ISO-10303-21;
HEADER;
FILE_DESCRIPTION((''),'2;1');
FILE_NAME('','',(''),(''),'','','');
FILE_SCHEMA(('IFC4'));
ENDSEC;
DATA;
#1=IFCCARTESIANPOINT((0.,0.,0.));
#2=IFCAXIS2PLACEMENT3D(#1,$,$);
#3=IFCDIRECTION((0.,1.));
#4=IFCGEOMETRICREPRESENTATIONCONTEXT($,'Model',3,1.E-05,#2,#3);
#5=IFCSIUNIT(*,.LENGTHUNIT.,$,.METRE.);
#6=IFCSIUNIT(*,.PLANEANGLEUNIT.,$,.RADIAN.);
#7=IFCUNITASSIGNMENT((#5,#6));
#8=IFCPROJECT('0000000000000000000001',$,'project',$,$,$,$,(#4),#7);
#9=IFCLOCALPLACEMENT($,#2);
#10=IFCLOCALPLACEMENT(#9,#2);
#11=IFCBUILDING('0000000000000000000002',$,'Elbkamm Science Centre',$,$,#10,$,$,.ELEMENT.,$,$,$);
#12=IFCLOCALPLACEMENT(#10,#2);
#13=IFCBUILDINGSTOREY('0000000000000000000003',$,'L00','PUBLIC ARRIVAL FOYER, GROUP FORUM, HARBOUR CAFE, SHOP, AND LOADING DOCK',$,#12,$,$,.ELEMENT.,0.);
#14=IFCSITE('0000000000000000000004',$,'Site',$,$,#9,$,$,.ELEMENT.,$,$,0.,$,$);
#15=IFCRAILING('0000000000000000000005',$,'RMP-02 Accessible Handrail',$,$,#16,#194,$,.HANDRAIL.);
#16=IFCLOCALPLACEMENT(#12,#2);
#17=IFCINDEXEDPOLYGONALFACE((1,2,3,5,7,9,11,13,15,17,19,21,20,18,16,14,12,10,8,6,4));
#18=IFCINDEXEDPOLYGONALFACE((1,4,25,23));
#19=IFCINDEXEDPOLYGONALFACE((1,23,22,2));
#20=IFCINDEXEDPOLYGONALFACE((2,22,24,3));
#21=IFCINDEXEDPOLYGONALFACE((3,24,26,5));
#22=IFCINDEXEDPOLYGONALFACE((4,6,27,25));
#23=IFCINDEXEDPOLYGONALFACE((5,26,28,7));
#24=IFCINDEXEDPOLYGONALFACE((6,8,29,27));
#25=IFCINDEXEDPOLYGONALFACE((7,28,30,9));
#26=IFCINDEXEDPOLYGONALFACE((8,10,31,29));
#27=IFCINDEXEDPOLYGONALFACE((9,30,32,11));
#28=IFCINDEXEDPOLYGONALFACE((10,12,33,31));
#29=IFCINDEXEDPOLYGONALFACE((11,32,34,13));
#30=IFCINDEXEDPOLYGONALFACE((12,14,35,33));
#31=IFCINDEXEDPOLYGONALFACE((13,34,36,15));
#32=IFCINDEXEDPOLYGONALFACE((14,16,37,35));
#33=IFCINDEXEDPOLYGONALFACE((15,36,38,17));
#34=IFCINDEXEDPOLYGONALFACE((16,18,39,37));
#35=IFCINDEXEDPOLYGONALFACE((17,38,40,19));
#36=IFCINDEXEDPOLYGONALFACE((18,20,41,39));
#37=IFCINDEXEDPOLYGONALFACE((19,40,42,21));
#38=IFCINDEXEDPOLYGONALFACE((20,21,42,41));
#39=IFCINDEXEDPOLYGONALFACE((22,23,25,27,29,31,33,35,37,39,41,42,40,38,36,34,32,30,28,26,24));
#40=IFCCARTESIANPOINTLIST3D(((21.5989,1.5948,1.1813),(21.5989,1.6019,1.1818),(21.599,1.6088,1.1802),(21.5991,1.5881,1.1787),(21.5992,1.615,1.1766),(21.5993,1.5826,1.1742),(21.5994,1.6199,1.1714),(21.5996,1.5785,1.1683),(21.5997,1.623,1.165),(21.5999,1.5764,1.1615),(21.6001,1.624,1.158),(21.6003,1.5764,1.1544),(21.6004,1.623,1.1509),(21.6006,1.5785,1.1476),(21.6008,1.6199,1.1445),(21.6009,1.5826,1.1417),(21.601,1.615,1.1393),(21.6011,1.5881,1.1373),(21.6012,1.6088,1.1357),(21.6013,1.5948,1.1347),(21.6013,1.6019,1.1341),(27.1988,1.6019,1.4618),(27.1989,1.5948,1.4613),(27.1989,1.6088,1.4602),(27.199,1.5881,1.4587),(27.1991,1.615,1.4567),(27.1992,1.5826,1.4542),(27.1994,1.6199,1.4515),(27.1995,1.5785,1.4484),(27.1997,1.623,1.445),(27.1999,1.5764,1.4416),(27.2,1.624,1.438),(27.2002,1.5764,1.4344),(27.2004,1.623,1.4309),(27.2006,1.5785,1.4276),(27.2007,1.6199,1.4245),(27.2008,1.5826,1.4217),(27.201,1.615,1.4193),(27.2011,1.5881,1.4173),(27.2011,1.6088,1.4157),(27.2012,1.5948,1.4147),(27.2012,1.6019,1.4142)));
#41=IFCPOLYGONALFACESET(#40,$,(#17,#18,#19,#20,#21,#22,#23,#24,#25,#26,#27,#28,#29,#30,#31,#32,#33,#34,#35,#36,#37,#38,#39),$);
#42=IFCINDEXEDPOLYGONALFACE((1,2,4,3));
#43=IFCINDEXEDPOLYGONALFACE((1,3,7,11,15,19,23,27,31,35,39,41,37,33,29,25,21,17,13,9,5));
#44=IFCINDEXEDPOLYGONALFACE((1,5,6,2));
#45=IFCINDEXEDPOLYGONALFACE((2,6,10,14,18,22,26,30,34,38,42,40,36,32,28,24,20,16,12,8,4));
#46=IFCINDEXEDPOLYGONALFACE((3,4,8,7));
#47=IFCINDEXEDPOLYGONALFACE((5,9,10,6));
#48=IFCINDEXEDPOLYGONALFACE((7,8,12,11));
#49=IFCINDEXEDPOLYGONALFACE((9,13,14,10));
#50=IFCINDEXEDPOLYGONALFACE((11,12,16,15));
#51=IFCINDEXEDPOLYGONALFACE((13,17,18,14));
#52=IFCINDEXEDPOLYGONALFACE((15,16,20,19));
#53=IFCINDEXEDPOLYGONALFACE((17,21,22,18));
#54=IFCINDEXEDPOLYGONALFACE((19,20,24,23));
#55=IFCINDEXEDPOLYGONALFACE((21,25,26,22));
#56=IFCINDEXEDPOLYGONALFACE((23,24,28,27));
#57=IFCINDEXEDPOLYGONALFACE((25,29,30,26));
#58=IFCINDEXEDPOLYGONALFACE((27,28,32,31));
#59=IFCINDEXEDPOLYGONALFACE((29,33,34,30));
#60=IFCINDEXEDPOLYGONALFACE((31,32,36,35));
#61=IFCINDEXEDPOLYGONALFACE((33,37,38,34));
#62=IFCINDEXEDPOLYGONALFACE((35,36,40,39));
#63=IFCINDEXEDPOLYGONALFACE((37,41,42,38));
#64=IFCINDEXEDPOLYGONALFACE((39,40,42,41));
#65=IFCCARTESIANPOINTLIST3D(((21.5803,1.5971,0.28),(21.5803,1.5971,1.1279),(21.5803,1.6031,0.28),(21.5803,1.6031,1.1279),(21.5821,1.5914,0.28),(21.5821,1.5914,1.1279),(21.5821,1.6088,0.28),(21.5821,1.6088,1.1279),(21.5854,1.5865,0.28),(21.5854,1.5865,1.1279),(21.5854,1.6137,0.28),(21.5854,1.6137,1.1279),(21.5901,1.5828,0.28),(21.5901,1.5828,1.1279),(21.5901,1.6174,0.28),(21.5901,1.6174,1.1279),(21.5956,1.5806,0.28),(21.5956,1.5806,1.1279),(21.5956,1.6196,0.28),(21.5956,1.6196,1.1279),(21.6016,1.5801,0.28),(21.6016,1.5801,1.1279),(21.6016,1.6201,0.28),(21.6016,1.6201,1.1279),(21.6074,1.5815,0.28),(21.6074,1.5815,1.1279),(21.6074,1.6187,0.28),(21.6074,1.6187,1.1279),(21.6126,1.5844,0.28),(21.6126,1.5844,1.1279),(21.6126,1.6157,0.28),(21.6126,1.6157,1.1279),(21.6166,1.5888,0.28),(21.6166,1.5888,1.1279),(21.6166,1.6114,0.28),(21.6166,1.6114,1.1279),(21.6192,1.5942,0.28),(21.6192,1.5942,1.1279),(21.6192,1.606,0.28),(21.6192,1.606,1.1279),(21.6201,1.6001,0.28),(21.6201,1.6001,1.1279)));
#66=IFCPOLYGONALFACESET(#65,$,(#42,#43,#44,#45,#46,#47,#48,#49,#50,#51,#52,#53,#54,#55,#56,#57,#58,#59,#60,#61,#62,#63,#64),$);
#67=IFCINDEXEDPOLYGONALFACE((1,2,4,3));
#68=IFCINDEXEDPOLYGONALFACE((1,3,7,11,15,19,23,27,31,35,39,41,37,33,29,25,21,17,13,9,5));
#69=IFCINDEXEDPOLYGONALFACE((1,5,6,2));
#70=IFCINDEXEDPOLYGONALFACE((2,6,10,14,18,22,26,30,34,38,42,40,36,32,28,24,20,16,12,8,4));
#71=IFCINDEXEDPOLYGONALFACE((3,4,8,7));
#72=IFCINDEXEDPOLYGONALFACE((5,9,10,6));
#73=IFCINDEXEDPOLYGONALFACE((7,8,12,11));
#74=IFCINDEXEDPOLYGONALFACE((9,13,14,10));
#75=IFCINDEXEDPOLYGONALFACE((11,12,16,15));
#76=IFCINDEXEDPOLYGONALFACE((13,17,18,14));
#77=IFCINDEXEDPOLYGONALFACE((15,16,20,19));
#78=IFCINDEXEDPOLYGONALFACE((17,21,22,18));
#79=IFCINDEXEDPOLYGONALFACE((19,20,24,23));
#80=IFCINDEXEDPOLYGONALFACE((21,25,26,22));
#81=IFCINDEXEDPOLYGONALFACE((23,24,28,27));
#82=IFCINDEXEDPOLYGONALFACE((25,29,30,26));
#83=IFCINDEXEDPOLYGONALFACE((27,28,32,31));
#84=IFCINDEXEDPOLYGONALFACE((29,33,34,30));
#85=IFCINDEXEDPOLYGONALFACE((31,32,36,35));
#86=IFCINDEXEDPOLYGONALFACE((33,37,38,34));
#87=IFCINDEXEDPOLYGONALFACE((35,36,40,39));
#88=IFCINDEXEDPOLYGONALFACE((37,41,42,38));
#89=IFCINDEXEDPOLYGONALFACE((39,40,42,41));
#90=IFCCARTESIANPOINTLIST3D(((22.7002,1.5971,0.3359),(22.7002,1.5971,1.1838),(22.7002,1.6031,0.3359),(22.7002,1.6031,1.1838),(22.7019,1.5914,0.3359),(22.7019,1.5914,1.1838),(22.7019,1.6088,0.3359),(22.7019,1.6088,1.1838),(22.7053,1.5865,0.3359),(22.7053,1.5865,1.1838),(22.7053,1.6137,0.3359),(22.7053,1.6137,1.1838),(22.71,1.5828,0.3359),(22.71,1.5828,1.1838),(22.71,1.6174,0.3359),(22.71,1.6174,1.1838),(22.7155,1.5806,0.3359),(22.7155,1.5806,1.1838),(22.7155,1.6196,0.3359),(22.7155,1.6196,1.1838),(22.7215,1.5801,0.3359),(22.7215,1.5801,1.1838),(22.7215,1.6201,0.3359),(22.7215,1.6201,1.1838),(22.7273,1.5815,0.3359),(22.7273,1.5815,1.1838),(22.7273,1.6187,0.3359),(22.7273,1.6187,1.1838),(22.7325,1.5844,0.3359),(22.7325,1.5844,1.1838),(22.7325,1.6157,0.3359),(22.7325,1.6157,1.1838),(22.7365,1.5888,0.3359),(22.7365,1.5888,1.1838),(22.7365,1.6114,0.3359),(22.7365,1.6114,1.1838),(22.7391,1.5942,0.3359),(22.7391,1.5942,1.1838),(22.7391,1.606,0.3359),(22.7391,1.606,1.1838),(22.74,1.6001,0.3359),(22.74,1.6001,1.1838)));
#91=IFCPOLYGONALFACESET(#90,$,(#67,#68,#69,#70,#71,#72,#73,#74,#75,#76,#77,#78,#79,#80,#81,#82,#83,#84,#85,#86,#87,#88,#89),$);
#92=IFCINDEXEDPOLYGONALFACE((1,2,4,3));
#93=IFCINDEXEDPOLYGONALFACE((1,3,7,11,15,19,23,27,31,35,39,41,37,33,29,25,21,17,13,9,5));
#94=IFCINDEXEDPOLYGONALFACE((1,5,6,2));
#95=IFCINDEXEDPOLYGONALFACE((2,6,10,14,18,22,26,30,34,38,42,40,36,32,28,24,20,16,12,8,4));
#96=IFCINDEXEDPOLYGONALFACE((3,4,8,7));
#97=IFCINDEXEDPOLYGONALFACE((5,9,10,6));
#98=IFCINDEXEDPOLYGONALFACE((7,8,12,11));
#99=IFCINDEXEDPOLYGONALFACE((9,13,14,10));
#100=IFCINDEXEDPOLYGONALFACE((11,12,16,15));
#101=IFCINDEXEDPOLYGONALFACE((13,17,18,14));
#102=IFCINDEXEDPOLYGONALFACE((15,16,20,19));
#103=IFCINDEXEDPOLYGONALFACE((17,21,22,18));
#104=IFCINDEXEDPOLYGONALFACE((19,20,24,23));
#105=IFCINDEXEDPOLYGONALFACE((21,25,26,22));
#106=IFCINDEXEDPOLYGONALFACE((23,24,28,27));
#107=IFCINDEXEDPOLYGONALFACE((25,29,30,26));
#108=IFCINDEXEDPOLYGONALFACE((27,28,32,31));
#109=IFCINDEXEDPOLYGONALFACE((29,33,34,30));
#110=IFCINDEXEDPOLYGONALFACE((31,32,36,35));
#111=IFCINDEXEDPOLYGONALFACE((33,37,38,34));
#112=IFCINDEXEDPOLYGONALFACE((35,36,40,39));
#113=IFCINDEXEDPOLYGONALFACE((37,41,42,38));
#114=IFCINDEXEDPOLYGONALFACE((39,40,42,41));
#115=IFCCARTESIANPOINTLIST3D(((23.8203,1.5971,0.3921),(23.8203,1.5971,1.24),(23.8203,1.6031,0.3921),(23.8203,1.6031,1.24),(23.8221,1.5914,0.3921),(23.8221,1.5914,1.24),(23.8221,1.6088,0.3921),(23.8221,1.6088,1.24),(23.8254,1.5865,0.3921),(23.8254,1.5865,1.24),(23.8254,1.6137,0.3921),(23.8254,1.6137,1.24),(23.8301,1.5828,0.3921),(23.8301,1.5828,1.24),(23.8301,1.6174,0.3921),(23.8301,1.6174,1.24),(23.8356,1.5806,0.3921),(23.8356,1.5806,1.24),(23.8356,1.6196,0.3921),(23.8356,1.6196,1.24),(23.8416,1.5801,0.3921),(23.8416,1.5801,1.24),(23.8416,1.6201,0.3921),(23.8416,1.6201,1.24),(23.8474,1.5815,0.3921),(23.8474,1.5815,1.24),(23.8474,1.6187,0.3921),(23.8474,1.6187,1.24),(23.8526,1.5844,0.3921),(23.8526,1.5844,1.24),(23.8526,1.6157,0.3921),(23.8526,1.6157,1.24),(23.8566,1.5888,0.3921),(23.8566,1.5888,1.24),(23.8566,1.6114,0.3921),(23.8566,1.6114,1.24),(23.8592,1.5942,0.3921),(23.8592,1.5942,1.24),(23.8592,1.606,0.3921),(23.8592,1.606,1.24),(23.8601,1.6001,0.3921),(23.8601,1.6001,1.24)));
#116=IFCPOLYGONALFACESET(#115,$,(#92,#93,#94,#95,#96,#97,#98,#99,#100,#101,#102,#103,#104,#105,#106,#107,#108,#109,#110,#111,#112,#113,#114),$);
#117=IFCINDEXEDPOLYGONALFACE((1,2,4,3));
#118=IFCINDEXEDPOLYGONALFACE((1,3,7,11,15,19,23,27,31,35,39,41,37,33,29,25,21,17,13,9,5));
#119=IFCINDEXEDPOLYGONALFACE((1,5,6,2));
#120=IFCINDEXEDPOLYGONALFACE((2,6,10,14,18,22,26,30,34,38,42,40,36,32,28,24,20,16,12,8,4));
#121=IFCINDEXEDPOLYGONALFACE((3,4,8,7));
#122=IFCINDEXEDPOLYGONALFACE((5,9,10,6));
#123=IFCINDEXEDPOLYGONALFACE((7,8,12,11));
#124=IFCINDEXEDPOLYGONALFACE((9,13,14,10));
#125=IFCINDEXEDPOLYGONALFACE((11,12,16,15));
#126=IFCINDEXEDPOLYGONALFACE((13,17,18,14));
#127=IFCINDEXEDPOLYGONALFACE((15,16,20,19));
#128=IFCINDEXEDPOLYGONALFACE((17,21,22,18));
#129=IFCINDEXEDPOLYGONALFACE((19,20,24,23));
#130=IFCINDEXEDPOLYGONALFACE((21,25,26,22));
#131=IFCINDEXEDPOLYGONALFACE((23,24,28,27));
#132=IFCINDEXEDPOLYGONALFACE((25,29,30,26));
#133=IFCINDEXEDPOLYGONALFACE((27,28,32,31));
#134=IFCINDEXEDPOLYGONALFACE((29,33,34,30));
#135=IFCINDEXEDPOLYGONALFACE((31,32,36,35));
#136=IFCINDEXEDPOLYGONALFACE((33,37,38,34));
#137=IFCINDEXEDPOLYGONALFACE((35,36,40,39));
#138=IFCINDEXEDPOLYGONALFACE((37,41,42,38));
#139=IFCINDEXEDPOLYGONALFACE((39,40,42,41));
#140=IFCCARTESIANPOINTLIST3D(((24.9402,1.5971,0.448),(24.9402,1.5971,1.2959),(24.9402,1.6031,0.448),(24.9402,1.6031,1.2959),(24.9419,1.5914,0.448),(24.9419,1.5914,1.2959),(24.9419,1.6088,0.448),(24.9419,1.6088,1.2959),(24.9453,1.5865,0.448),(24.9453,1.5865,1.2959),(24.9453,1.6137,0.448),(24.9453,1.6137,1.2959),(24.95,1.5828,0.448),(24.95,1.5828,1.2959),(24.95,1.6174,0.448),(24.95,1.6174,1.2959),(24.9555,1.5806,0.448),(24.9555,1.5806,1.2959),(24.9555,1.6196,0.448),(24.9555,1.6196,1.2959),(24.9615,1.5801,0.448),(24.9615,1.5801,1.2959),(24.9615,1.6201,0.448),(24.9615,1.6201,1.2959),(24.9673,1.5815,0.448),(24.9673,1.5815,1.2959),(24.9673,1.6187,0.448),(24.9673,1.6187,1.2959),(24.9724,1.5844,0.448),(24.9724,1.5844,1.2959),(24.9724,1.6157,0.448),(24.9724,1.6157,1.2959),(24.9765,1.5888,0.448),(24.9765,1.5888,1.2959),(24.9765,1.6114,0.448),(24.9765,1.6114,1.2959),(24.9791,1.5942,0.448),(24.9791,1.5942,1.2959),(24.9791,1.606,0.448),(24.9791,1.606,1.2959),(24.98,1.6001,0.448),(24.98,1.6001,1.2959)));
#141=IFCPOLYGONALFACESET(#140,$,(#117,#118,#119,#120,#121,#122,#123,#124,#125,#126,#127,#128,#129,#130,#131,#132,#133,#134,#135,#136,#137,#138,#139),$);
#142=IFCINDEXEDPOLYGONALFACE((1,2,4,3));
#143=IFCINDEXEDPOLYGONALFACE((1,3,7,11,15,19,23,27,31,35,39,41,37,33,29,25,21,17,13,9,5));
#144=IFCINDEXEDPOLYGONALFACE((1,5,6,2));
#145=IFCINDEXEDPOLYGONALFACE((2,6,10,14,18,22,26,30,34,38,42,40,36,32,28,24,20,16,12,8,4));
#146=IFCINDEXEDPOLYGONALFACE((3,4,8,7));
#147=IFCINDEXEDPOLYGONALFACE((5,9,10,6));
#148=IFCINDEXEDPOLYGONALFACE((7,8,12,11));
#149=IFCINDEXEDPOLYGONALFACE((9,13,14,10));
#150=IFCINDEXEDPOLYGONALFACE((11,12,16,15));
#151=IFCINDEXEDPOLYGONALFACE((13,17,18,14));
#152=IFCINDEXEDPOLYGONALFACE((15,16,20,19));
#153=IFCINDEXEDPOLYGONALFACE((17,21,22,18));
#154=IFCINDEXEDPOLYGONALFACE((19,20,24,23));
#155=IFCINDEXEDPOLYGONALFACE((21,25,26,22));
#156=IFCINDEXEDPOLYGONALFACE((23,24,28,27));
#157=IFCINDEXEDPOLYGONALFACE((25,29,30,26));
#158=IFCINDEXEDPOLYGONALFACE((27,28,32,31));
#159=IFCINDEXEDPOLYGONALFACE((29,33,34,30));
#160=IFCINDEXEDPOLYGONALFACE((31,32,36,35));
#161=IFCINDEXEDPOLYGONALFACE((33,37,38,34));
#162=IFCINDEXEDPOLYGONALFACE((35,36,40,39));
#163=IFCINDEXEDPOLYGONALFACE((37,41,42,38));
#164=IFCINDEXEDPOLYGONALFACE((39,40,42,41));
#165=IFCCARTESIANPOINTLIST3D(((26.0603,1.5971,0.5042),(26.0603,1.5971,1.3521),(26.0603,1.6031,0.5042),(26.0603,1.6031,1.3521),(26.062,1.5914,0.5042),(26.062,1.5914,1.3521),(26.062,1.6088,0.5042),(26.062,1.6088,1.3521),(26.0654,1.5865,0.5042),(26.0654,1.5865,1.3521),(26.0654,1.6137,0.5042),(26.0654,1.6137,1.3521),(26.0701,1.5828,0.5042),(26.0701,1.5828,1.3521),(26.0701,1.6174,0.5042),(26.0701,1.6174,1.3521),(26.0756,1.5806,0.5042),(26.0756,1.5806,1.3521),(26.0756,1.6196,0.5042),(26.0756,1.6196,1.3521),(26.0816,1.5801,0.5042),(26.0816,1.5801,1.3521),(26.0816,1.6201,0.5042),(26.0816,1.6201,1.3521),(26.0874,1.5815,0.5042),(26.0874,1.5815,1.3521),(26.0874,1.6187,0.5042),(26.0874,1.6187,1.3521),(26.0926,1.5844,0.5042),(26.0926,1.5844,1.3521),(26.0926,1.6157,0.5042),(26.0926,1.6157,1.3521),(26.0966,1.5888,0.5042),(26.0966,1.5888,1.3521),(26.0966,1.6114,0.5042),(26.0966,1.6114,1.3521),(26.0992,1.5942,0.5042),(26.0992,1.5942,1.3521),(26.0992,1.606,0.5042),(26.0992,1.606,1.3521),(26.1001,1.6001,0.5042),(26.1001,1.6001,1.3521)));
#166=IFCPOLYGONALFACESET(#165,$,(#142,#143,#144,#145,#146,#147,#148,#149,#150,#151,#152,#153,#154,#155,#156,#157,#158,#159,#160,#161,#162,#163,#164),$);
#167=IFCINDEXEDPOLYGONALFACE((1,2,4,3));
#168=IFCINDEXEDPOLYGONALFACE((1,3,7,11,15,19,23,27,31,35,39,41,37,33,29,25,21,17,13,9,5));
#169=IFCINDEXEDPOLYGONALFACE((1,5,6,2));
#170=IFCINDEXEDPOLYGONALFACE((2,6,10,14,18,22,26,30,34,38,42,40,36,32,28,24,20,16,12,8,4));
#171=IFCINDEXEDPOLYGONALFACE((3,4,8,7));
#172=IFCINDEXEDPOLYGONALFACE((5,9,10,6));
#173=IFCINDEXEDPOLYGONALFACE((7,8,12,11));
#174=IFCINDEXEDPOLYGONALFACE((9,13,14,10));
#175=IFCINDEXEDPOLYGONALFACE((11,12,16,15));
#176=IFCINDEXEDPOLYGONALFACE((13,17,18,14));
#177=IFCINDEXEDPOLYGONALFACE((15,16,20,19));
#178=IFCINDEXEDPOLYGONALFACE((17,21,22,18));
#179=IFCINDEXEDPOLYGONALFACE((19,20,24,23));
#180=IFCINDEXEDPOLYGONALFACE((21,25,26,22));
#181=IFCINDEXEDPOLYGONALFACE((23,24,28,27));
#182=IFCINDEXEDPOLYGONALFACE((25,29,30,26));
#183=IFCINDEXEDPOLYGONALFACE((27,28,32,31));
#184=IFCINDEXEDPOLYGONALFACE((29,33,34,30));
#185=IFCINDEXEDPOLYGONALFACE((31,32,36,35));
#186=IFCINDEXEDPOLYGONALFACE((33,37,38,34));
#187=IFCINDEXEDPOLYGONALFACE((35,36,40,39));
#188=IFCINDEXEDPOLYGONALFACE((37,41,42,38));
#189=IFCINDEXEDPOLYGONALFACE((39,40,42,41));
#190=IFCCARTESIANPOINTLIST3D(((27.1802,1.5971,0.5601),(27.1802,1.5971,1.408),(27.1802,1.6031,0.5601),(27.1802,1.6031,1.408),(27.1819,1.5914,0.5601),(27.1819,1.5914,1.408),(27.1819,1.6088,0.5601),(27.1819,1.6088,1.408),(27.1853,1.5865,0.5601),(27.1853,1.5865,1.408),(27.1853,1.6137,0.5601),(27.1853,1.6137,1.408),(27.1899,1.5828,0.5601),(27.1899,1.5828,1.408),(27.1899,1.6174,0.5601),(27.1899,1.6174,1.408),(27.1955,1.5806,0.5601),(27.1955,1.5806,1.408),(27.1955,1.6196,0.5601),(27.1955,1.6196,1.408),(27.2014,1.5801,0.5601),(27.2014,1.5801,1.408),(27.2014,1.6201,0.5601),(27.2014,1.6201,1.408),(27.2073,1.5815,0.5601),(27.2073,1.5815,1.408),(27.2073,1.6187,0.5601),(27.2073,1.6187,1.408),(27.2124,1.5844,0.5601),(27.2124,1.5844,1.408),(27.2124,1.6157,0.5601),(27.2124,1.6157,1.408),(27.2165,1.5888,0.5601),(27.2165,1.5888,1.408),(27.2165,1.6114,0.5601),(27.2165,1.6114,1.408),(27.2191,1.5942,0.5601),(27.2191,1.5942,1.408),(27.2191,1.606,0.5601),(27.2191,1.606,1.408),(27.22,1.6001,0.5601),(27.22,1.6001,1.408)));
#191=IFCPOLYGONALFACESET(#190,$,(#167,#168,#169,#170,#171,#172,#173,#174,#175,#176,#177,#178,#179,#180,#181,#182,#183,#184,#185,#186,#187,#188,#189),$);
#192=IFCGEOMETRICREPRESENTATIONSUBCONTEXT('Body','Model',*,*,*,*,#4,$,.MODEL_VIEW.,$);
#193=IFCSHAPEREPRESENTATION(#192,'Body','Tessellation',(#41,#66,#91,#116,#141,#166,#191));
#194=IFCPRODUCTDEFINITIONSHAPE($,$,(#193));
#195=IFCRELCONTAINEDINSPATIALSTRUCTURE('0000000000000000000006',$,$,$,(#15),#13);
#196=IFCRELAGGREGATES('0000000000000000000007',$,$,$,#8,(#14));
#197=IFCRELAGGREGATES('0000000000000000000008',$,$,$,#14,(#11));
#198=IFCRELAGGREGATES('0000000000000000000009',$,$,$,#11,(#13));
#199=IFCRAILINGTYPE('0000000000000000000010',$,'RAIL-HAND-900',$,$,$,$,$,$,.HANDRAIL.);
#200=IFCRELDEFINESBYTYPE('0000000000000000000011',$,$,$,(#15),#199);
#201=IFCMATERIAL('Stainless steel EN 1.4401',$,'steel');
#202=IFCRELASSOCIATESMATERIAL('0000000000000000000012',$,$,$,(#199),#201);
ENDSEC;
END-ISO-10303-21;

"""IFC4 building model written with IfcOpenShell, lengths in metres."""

from ifc_helpers import new_model, si_unit, direction, frame, origin, origin_2d, place, context, subcontext, project, spatial, circle, extrude, material, type_object, element, save


model = new_model("IFC4")

# Units and contexts
model_context = context("Model", 3, precision=1e-05, world=origin(), true_north=direction((0.0, 1.0)))
body_context = subcontext(model_context, "Body", "Model", "MODEL_VIEW")
ifc_project = project(units=[si_unit("LENGTHUNIT", "METRE"), si_unit("PLANEANGLEUNIT", "RADIAN")], contexts=[model_context])

# Site, building, storey
site_placement = place(None, origin())
site = spatial("IfcSite", under=ifc_project, at=site_placement, Name="Site", CompositionType="ELEMENT", RefElevation=0.0)
building_placement = place(site_placement, origin())
building = spatial("IfcBuilding", under=site, at=building_placement, Name="Elbkamm Science Centre", CompositionType="ELEMENT")
storey_placement = place(building_placement, origin())
storey = spatial("IfcBuildingStorey", under=building, at=storey_placement, Name="L00", Description="PUBLIC ARRIVAL FOYER, GROUP FORUM, HARBOUR CAFE, SHOP, AND LOADING DOCK", CompositionType="ELEMENT", Elevation=0.0)

# Railing
ifc_material_1 = material(Name="Stainless steel EN 1.4401", Category="steel")
railing_type_1 = type_object("IfcRailingType", Name="RAIL-HAND-900", PredefinedType="HANDRAIL", material=ifc_material_1)
railing_1_placement = place(storey_placement, frame((21.6001, 1.6001, 0.28)))
element("IfcRailing", 1, at=railing_1_placement, inside=storey, type_object=railing_type_1, Name="RMP-02 Accessible Handrail", PredefinedType="HANDRAIL", context=body_context, shape_type="SweptSolid", body=[
    extrude(circle(Radius=0.0239, at=origin_2d()), frame((0.0, 0.0, 0.8779), z_axis=(0.998752, 0.0, 0.049944), x_axis=(0.0, 1.0, 0.0)), (0.0, 0.0, 1.0), 5.6069),
    extrude(circle(Radius=0.02, at=origin_2d()), origin(), (0.0, 0.0, 1.0), 0.8479),
    extrude(circle(Radius=0.02, at=origin_2d()), frame((1.1199, 0.0, 0.0559)), (0.0, 0.0, 1.0), 0.8479),
    extrude(circle(Radius=0.02, at=origin_2d()), frame((2.24, 0.0, 0.1121)), (0.0, 0.0, 1.0), 0.8479),
    extrude(circle(Radius=0.02, at=origin_2d()), frame((3.3599, 0.0, 0.168)), (0.0, 0.0, 1.0), 0.8479),
    extrude(circle(Radius=0.02, at=origin_2d()), frame((4.48, 0.0, 0.2241)), (0.0, 0.0, 1.0), 0.8479),
    extrude(circle(Radius=0.02, at=origin_2d()), frame((5.5999, 0.0, 0.28)), (0.0, 0.0, 1.0), 0.8479),
])

save(model, "model.ifc")
